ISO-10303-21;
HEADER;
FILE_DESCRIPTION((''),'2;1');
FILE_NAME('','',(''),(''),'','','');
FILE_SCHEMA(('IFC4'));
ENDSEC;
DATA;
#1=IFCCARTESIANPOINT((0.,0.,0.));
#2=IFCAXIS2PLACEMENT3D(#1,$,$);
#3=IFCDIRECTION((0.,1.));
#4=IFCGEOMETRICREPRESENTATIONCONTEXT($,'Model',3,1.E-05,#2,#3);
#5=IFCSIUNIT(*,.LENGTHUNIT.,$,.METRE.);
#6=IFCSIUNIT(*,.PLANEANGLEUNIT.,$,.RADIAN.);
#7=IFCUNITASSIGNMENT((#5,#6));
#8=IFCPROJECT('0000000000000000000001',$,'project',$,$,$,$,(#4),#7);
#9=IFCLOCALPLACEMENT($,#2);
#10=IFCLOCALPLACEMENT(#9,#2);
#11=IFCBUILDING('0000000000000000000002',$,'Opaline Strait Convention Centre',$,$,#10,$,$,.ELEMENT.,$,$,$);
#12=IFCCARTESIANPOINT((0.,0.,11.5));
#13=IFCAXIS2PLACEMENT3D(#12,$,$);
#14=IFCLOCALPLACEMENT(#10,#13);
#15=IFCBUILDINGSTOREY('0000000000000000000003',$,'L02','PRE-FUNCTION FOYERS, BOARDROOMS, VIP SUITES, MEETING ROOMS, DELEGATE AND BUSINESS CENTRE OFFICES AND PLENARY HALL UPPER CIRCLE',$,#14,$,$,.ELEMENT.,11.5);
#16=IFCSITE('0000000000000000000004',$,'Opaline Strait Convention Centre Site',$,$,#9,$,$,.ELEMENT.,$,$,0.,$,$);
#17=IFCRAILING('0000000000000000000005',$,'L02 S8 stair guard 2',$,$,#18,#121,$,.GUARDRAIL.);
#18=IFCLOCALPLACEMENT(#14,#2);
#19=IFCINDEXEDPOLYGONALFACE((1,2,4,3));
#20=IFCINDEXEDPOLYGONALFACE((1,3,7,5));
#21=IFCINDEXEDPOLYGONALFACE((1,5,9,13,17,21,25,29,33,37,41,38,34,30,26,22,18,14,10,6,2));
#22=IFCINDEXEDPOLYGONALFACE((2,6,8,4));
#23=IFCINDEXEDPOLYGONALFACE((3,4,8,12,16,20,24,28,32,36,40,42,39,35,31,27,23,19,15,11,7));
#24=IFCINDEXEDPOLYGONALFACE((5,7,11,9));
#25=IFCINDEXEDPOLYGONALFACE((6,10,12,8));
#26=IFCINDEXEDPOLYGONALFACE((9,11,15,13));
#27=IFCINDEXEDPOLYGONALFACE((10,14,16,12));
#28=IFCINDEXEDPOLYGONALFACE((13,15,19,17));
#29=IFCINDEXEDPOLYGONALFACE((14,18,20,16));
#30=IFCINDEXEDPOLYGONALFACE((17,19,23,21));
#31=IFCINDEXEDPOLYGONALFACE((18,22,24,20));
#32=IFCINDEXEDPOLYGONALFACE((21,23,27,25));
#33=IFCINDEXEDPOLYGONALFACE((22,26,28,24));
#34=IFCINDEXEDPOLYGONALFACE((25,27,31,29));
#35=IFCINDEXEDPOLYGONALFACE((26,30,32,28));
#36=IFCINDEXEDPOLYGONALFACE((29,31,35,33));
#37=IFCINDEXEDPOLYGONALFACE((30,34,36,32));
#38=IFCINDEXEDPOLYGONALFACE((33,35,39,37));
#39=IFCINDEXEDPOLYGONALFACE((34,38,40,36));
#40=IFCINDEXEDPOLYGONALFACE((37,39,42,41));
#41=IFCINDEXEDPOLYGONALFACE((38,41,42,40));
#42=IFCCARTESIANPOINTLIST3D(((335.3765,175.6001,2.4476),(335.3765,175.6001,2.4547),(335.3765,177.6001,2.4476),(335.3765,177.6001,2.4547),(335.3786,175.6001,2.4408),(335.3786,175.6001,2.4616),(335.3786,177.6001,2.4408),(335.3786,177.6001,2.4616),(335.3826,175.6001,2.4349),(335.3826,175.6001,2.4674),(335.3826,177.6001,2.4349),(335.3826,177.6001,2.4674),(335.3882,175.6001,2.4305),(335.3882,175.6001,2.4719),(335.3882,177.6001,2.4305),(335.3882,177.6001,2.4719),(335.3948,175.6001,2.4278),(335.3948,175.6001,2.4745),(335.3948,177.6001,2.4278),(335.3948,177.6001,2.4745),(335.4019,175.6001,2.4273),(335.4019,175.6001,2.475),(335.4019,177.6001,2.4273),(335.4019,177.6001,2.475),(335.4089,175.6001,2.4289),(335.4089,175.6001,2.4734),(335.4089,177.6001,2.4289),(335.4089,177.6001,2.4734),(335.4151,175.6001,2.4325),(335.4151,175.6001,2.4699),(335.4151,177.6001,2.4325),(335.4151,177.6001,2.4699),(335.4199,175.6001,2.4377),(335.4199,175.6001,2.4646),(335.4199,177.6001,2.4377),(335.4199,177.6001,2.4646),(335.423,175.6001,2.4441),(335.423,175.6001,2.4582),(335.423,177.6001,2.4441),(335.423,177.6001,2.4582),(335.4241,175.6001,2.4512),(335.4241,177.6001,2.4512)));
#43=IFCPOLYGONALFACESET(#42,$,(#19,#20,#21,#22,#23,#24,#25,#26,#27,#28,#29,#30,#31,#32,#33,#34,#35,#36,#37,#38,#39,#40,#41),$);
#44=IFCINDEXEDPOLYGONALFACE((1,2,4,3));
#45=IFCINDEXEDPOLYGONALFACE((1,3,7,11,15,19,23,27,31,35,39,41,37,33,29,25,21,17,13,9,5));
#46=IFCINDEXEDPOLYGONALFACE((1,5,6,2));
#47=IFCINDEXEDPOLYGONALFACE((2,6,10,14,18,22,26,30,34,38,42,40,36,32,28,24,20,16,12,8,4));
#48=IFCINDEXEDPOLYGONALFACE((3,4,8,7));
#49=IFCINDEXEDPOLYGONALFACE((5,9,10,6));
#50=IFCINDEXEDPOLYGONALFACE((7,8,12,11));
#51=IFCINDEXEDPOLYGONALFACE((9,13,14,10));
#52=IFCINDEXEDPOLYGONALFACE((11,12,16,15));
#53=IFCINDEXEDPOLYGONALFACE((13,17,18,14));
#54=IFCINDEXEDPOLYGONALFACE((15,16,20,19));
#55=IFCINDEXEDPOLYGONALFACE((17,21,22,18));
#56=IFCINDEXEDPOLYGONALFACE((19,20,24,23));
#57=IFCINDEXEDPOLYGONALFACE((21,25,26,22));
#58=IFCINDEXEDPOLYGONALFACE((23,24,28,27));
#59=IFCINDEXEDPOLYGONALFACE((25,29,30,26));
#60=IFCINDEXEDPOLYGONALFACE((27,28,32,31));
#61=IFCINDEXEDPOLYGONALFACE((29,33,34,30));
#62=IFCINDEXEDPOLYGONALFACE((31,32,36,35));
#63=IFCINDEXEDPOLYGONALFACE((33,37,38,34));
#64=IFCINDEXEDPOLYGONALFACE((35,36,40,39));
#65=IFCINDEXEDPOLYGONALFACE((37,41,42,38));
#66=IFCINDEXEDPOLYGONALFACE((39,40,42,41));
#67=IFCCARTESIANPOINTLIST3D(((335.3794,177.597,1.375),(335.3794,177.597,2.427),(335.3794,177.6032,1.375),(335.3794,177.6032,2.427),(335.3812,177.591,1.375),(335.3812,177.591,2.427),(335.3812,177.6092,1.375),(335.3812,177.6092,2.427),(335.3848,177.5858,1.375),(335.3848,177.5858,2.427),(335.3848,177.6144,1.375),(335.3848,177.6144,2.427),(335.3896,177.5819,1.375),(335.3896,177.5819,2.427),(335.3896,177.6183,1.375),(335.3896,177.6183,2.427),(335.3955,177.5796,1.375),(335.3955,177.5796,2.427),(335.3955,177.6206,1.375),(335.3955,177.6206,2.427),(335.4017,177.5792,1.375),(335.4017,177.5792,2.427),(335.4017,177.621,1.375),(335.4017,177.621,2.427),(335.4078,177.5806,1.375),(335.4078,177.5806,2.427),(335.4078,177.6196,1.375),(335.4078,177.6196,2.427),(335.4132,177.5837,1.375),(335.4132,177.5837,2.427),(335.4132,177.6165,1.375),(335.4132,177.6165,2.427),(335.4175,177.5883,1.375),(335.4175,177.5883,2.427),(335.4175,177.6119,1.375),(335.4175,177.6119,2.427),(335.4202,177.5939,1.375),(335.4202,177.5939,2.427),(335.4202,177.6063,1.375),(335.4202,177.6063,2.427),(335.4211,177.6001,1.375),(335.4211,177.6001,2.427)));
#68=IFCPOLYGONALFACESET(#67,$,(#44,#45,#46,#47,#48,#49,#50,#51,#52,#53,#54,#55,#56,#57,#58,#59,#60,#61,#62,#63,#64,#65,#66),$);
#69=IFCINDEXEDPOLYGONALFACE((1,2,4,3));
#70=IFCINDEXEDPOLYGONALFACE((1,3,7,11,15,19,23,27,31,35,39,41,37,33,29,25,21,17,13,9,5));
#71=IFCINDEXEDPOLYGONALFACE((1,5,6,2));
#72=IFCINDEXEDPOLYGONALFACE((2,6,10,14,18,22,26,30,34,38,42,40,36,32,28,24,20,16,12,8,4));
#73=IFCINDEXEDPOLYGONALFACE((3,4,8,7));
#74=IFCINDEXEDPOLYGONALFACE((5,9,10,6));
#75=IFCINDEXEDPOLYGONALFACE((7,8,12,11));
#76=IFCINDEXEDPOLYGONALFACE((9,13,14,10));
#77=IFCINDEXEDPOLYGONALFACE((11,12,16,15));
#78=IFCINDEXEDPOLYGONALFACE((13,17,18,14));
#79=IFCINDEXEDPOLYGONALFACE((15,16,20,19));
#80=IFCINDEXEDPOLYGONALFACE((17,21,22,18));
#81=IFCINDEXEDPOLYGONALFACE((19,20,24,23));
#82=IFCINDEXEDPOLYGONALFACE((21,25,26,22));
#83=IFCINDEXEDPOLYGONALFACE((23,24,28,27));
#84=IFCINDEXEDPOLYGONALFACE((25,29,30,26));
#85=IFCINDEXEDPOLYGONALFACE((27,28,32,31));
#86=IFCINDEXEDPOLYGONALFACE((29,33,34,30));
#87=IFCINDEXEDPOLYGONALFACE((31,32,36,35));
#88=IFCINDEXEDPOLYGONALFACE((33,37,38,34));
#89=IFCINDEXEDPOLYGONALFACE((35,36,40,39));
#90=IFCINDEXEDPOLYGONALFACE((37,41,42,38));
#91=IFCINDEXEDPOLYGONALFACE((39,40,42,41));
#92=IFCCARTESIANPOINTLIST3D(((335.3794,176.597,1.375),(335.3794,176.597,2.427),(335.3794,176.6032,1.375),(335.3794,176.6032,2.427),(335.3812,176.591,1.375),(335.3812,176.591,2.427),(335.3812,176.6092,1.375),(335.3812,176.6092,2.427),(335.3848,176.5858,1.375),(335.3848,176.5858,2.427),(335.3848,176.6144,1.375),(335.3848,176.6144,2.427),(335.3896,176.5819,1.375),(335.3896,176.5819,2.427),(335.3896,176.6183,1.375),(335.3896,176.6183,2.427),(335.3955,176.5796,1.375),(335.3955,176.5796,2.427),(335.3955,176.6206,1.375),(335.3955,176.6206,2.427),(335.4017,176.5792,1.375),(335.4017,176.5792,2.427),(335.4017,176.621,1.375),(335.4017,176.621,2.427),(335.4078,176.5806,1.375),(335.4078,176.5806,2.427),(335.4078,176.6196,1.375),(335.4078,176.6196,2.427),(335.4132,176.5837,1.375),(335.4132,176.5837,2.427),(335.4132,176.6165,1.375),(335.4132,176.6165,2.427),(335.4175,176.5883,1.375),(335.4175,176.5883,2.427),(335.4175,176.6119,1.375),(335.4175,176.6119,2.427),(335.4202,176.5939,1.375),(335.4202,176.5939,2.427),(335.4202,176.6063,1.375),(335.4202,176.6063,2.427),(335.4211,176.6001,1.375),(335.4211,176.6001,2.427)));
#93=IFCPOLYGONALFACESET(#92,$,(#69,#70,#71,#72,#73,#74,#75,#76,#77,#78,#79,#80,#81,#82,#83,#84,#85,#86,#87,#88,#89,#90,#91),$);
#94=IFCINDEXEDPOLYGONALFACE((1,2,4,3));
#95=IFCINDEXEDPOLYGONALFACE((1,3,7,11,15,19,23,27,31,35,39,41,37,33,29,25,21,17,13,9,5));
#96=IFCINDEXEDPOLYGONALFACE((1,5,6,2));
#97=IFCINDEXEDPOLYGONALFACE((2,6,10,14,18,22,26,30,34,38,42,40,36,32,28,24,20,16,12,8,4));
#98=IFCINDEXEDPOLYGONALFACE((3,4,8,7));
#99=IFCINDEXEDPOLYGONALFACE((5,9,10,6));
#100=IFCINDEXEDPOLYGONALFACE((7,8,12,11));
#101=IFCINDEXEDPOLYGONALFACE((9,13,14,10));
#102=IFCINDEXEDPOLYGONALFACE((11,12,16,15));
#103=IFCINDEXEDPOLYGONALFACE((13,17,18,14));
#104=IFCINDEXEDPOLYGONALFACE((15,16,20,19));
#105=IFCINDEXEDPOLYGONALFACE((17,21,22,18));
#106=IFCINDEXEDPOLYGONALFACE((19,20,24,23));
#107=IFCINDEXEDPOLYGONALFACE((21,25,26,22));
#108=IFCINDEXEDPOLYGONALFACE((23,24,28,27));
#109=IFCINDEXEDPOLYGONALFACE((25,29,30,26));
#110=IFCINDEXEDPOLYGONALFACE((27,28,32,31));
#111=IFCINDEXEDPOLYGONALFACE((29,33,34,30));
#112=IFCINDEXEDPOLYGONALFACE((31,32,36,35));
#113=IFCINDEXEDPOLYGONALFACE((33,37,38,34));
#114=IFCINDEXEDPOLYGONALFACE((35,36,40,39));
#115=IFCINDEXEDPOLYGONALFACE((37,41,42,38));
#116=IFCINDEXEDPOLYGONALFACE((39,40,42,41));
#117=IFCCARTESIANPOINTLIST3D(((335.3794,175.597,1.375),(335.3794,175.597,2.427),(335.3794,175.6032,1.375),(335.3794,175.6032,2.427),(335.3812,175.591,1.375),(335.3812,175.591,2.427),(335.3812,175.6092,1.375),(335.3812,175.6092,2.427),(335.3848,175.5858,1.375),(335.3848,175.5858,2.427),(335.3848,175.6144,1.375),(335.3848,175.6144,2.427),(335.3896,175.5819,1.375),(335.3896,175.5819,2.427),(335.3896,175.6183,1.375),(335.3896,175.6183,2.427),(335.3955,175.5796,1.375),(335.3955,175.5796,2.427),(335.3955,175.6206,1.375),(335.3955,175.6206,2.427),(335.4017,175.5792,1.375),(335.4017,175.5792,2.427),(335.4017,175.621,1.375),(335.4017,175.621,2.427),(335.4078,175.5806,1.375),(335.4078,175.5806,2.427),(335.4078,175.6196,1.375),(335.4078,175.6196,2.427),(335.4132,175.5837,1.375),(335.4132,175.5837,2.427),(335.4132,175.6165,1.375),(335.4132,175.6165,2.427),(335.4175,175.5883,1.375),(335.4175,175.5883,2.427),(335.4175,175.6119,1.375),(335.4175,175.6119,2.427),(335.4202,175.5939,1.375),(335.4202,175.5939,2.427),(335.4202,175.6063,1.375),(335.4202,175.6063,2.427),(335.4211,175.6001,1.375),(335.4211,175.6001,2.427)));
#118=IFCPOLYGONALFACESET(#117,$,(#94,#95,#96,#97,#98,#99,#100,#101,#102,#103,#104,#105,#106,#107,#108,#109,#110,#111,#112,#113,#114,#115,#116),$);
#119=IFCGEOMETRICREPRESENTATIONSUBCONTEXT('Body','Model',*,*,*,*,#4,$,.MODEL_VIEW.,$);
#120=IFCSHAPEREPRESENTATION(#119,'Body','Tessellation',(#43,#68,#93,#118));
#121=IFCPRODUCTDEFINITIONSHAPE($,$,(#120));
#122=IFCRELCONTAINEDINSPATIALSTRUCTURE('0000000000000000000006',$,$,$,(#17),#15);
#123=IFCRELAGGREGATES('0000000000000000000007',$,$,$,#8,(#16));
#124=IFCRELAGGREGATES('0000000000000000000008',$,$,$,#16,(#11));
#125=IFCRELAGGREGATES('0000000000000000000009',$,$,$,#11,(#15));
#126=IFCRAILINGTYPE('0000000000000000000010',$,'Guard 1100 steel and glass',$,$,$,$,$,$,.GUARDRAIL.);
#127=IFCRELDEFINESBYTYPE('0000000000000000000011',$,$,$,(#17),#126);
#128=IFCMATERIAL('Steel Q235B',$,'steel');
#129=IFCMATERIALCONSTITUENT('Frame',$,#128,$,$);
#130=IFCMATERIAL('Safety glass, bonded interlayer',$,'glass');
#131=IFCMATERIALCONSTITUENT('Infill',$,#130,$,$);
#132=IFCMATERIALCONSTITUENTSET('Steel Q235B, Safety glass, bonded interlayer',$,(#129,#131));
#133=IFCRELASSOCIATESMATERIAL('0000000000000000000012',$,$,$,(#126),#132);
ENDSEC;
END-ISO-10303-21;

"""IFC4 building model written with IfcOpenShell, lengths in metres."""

from ifc_helpers import new_model, si_unit, direction, frame, origin, origin_2d, place, context, subcontext, project, spatial, circle, extrude, material, constituent, constituent_set, type_object, element, save


model = new_model("IFC4")

# Units and contexts
model_context = context("Model", 3, precision=1e-05, world=origin(), true_north=direction((0.0, 1.0)))
body_context = subcontext(model_context, "Body", "Model", "MODEL_VIEW")
ifc_project = project(units=[si_unit("LENGTHUNIT", "METRE"), si_unit("PLANEANGLEUNIT", "RADIAN")], contexts=[model_context])

# Site, building, storey
site_placement = place(None, origin())
site = spatial("IfcSite", under=ifc_project, at=site_placement, Name="Opaline Strait Convention Centre Site", CompositionType="ELEMENT", RefElevation=0.0)
building_placement = place(site_placement, origin())
building = spatial("IfcBuilding", under=site, at=building_placement, Name="Opaline Strait Convention Centre", CompositionType="ELEMENT")
storey_placement = place(building_placement, frame((0.0, 0.0, 11.5)))
storey = spatial("IfcBuildingStorey", under=building, at=storey_placement, Name="L02", Description="PRE-FUNCTION FOYERS, BOARDROOMS, VIP SUITES, MEETING ROOMS, DELEGATE AND BUSINESS CENTRE OFFICES AND PLENARY HALL UPPER CIRCLE", CompositionType="ELEMENT", Elevation=11.5)

# Railing
ifc_material_1 = material(Name="Steel Q235B", Category="steel")
ifc_constituent_1 = constituent(ifc_material_1, Name="Frame")
ifc_material_2 = material(Name="Safety glass, bonded interlayer", Category="glass")
ifc_constituent_2 = constituent(ifc_material_2, Name="Infill")
ifc_constituent_set = constituent_set(constituents=[ifc_constituent_1, ifc_constituent_2], Name="Steel Q235B, Safety glass, bonded interlayer")
railing_type = type_object("IfcRailingType", Name="Guard 1100 steel and glass", PredefinedType="GUARDRAIL", material=ifc_constituent_set)
railing_1_placement = place(storey_placement, frame((335.4001, 177.6001, 1.375)))
element("IfcRailing", 1, at=railing_1_placement, inside=storey, type_object=railing_type, Name="L02 S8 stair guard 2", PredefinedType="GUARDRAIL", context=body_context, shape_type="SweptSolid", body=[
    extrude(circle(Radius=0.0239, at=origin_2d()), frame((0.0, 0.0, 1.0762), z_axis=(0.0, -1.0, 0.0), x_axis=(1.0, 0.0, 0.0)), (0.0, 0.0, 1.0), 2.0),
    extrude(circle(Radius=0.021, at=origin_2d()), origin(), (0.0, 0.0, 1.0), 1.052),
    extrude(circle(Radius=0.021, at=origin_2d()), frame((0.0, -1.0, 0.0)), (0.0, 0.0, 1.0), 1.052),
    extrude(circle(Radius=0.021, at=origin_2d()), frame((0.0, -2.0, 0.0)), (0.0, 0.0, 1.0), 1.052),
])

save(model, "model.ifc")
